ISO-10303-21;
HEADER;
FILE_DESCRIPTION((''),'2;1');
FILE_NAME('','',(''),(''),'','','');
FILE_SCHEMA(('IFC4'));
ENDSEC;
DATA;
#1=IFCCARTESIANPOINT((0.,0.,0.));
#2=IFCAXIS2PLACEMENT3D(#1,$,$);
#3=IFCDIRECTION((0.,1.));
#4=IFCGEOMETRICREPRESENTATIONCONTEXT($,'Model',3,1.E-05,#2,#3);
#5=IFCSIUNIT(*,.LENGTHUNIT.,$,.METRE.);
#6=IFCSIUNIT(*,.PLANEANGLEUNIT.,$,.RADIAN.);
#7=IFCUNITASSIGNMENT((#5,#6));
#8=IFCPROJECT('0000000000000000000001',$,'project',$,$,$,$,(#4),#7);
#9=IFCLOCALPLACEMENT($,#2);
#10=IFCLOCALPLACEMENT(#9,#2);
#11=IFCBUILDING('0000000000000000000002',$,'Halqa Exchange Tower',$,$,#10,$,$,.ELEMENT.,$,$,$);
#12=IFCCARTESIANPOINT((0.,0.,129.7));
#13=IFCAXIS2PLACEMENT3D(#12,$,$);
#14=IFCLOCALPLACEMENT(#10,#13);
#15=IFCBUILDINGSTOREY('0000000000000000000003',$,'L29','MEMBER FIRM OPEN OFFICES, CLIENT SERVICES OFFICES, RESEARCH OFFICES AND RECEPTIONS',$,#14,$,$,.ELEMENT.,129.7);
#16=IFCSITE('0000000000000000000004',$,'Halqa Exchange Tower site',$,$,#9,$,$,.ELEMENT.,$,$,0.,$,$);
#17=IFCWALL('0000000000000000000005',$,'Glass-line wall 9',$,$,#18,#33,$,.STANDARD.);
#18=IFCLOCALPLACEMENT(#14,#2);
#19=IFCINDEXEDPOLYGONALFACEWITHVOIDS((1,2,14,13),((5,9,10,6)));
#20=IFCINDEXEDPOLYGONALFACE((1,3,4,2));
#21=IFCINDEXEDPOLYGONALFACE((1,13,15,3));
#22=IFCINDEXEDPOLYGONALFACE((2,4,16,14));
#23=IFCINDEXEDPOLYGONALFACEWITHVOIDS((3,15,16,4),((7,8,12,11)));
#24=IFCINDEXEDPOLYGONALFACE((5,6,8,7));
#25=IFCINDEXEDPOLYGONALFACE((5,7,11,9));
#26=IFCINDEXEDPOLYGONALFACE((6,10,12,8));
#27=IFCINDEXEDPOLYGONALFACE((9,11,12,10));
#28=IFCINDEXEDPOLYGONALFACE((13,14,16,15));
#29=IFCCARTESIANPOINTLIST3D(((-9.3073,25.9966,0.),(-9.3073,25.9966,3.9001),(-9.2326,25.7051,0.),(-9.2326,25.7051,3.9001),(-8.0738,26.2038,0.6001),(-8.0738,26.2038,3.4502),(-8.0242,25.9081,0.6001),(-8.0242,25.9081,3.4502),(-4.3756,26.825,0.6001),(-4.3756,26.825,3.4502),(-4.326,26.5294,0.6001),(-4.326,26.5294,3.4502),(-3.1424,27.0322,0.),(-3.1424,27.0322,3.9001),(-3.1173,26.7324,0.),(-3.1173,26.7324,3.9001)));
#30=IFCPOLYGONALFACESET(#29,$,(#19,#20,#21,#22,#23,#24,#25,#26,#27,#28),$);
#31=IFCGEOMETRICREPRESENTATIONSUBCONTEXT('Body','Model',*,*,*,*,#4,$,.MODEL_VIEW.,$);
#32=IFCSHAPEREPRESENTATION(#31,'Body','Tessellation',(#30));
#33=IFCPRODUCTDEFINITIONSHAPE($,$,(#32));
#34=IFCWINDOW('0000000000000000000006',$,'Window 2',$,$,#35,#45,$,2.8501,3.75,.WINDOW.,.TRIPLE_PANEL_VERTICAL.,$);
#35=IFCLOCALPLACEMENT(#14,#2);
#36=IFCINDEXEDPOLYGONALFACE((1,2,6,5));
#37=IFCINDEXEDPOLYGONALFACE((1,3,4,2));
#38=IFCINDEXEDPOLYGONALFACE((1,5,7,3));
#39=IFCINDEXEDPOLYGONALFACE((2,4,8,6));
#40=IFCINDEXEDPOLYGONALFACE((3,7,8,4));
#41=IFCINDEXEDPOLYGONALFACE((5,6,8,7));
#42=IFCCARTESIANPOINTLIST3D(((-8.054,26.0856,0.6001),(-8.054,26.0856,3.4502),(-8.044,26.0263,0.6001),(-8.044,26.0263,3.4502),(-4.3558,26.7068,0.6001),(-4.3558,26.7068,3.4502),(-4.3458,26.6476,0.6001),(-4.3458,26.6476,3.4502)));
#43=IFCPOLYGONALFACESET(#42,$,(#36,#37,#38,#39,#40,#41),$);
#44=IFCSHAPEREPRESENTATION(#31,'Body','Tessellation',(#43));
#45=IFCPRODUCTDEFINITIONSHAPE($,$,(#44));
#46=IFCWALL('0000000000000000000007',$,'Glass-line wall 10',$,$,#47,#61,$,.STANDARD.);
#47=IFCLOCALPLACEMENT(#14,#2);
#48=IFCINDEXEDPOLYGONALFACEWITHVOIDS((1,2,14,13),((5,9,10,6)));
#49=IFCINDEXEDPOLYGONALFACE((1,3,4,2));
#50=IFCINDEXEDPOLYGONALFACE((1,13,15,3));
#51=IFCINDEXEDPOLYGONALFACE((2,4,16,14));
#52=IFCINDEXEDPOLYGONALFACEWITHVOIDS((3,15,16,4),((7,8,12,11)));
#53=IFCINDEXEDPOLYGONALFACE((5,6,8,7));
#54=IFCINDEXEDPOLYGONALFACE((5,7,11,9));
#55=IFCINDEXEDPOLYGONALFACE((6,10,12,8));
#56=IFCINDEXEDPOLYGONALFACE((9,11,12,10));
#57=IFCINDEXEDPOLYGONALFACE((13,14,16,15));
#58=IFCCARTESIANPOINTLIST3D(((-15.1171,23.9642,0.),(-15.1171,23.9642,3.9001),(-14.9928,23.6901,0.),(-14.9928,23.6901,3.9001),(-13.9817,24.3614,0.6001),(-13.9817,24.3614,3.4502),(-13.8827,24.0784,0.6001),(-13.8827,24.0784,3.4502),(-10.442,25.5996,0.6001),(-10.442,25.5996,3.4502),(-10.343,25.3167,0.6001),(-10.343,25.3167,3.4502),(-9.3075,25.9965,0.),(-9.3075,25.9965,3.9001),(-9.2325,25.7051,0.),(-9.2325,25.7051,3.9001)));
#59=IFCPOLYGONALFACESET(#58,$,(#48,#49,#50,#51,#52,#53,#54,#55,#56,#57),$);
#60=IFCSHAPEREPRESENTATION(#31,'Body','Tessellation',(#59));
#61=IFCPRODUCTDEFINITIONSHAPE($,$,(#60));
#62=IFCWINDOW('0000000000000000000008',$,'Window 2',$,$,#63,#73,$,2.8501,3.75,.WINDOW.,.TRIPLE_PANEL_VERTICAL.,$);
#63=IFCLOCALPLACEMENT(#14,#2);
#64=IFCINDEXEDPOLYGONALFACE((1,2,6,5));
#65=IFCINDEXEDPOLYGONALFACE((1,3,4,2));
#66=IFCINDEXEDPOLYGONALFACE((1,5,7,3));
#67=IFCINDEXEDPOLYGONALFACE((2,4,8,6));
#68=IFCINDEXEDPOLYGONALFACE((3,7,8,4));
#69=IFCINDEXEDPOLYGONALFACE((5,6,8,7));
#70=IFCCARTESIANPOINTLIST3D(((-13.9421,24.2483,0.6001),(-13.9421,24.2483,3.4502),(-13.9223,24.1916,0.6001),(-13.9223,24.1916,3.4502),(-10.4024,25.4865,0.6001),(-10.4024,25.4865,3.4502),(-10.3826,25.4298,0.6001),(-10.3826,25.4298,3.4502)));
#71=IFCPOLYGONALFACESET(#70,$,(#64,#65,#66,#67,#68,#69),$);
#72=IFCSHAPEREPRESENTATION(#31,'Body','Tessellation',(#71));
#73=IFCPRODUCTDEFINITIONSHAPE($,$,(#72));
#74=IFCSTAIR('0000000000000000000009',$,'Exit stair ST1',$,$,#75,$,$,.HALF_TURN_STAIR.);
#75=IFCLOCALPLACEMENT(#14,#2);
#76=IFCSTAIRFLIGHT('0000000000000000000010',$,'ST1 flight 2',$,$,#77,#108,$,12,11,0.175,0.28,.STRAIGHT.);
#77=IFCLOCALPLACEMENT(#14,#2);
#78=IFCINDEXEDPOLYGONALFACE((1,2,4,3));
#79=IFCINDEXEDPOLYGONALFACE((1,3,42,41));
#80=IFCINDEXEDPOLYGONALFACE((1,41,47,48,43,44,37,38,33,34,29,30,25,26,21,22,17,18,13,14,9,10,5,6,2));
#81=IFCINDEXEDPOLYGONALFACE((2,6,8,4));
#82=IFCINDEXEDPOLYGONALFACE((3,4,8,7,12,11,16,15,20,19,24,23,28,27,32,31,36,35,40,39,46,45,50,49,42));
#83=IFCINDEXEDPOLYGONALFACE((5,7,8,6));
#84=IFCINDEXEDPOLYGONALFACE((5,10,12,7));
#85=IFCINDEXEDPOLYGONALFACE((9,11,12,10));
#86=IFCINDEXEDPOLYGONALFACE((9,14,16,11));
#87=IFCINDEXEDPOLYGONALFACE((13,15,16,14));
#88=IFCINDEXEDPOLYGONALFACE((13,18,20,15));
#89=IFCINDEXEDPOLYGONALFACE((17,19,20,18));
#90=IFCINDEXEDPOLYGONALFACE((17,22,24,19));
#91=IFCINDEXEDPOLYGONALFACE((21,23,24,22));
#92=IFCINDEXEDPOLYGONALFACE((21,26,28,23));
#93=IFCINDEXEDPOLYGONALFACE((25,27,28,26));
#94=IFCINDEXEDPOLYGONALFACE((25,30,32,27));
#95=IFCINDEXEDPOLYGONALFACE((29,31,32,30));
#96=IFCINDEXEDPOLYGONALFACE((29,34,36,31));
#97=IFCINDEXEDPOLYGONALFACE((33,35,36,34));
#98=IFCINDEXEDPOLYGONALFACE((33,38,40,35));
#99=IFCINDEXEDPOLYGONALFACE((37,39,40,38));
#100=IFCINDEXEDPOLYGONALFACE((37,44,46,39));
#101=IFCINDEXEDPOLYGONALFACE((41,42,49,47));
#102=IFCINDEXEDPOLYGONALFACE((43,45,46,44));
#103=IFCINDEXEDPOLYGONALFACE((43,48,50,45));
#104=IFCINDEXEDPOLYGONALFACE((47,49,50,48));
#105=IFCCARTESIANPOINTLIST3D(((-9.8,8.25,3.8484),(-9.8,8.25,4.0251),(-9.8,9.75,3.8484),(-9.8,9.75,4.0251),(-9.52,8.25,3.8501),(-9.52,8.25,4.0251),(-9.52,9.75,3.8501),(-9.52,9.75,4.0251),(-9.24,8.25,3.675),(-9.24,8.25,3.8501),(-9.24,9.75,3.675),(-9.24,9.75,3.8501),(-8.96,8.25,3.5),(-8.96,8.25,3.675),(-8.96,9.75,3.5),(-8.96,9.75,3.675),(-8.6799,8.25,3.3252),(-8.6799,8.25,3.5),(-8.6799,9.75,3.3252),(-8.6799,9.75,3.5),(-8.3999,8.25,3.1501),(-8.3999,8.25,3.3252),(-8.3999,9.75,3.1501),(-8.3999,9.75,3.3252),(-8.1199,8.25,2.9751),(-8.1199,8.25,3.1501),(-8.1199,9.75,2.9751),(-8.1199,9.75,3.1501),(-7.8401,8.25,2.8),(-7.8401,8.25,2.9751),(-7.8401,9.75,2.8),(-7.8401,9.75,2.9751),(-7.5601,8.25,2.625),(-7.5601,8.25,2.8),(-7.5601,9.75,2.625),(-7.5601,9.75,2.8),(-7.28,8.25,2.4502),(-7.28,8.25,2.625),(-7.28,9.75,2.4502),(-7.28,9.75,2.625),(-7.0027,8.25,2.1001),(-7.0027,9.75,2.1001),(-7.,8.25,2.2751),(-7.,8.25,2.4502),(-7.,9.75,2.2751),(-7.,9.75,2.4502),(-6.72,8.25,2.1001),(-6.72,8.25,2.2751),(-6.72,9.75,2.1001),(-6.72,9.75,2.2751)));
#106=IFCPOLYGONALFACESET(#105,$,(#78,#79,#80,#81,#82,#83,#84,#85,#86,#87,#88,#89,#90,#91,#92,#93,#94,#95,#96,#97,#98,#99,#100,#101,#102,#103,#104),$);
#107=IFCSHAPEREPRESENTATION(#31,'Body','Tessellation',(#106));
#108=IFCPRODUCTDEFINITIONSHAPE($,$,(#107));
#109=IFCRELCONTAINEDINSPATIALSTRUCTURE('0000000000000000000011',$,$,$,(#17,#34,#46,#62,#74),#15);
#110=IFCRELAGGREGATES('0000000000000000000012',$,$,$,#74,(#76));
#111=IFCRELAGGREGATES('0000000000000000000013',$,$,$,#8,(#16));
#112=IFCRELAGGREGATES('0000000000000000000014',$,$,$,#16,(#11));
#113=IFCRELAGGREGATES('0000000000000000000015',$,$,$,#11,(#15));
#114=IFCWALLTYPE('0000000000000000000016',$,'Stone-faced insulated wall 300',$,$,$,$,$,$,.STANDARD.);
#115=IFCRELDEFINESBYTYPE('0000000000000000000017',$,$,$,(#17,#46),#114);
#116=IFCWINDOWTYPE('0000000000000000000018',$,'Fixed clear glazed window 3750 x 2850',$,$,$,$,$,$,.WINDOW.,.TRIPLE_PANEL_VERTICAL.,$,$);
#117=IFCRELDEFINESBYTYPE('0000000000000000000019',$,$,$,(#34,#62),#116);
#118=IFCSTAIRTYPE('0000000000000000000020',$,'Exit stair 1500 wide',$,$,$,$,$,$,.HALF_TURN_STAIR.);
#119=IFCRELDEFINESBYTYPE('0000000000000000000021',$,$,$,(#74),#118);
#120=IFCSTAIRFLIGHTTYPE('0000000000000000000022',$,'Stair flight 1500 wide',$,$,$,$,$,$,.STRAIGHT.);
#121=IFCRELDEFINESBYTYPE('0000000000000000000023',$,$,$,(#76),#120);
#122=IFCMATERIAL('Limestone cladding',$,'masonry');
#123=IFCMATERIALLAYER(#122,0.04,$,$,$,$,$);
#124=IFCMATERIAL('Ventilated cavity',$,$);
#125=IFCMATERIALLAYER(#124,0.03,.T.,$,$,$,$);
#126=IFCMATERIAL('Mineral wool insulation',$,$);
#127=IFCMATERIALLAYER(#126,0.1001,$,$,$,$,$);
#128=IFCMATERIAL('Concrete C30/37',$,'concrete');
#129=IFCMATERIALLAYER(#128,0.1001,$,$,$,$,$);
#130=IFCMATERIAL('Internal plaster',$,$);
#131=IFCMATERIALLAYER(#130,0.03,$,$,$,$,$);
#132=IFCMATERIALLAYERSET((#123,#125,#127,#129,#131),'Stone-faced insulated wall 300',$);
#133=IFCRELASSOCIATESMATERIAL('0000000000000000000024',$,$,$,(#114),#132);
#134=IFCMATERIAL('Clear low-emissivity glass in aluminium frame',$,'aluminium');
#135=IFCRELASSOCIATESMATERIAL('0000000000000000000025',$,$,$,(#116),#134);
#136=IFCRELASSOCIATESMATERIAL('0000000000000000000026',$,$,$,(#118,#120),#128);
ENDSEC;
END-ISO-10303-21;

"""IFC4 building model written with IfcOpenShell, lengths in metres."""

from ifc_helpers import new_model, si_unit, direction, frame, frame_2d, origin, place, context, subcontext, project, spatial, polyline, rectangle, outline, extrude, material, layer, layer_set, type_object, element, fill, aggregate, save


model = new_model("IFC4")

# Units and contexts
model_context = context("Model", 3, precision=1e-05, world=origin(), true_north=direction((0.0, 1.0)))
body_context = subcontext(model_context, "Body", "Model", "MODEL_VIEW")
ifc_project = project(units=[si_unit("LENGTHUNIT", "METRE"), si_unit("PLANEANGLEUNIT", "RADIAN")], contexts=[model_context])

# Site, building, storey
site_placement = place(None, origin())
site = spatial("IfcSite", under=ifc_project, at=site_placement, Name="Halqa Exchange Tower site", CompositionType="ELEMENT", RefElevation=0.0)
building_placement = place(site_placement, origin())
building = spatial("IfcBuilding", under=site, at=building_placement, Name="Halqa Exchange Tower", CompositionType="ELEMENT")
storey_placement = place(building_placement, frame((0.0, 0.0, 129.7)))
storey = spatial("IfcBuildingStorey", under=building, at=storey_placement, Name="L29", Description="MEMBER FIRM OPEN OFFICES, CLIENT SERVICES OFFICES, RESEARCH OFFICES AND RECEPTIONS", CompositionType="ELEMENT", Elevation=129.7)

# Shared definitions
ifc_material_1 = material(Name="Concrete C30/37", Category="concrete")

# Walls, openings, windows
ifc_material_2 = material(Name="Limestone cladding", Category="masonry")
ifc_layer_1 = layer(ifc_material_2, 0.04)
ifc_material_3 = material(Name="Ventilated cavity")
ifc_layer_2 = layer(ifc_material_3, 0.03, ventilated=True)
ifc_material_4 = material(Name="Mineral wool insulation")
ifc_layer_3 = layer(ifc_material_4, 0.1001)
ifc_layer_4 = layer(ifc_material_1, 0.1001)
ifc_material_5 = material(Name="Internal plaster")
ifc_layer_5 = layer(ifc_material_5, 0.03)
ifc_layer_set_1 = layer_set([ifc_layer_1, ifc_layer_2, ifc_layer_3, ifc_layer_4, ifc_layer_5], Name="Stone-faced insulated wall 300")
wall_type_1 = type_object("IfcWallType", Name="Stone-faced insulated wall 300", PredefinedType="STANDARD", material=ifc_layer_set_1)
wall_1_placement = place(storey_placement, frame((-3.1299, 26.8823, 0.0), z_axis=(0.0, 0.0, 1.0), x_axis=(-0.986181, -0.165671, 0.0)))
wall_1 = element("IfcWall", 1, at=wall_1_placement, inside=storey, type_object=wall_type_1, Name="Glass-line wall 9", PredefinedType="STANDARD", context=body_context, shape_type="SweptSolid", body=[
    extrude(outline(polyline([(-0.0125, -0.1499), (6.2388, -0.1499), (6.2134, 0.1499), (0.0125, 0.1499), (-0.0125, -0.1499)])), origin(), (0.0, 0.0, 1.0), 3.9001),
])
opening_1_placement = place(wall_1_placement, frame((1.238, 0.0, 0.6001)))
opening_1 = element("IfcOpeningElement", 2, at=opening_1_placement, cuts=wall_1, PredefinedType="OPENING", context=body_context, shape_type="SweptSolid", body=[
    extrude(rectangle(XDim=3.75, YDim=2.8501, at=frame_2d((1.875, 1.425))), frame((0.0, 0.1621, 0.0), z_axis=(0.0, -1.0, 0.0), x_axis=(1.0, 0.0, 0.0)), (0.0, 0.0, 1.0), 0.324),
])
ifc_material_6 = material(Name="Clear low-emissivity glass in aluminium frame", Category="aluminium")
window_type = type_object("IfcWindowType", Name="Fixed clear glazed window 3750 x 2850", PartitioningType="TRIPLE_PANEL_VERTICAL", PredefinedType="WINDOW", material=ifc_material_6)
window_1_placement = place(opening_1_placement, origin())
window_1 = element("IfcWindow", 3, at=window_1_placement, inside=storey, type_object=window_type, Name="Window 2", OverallHeight=2.8501, OverallWidth=3.75, PartitioningType="TRIPLE_PANEL_VERTICAL", PredefinedType="WINDOW", context=body_context, shape_type="SweptSolid", body=[
    extrude(rectangle(XDim=3.75, YDim=2.8501, at=frame_2d((1.875, 1.425))), frame((0.0, 0.03, 0.0), z_axis=(0.0, -1.0, 0.0), x_axis=(1.0, 0.0, 0.0)), (0.0, 0.0, 1.0), 0.0601),
])
fill(opening_1, window_1)
wall_2_placement = place(storey_placement, frame((-9.27, 25.8508, 0.0), z_axis=(0.0, 0.0, 1.0), x_axis=(-0.943911, -0.3302, 0.0)))
wall_2 = element("IfcWall", 4, at=wall_2_placement, inside=storey, type_object=wall_type_1, Name="Glass-line wall 10", PredefinedType="STANDARD", context=body_context, shape_type="SweptSolid", body=[
    extrude(outline(polyline([(-0.0127, -0.1499), (6.1421, -0.1499), (6.1152, 0.1499), (0.0127, 0.1499), (-0.0127, -0.1499)])), origin(), (0.0, 0.0, 1.0), 3.9001),
])
opening_2_placement = place(wall_2_placement, frame((1.1892, 0.0, 0.6001)))
opening_2 = element("IfcOpeningElement", 5, at=opening_2_placement, cuts=wall_2, PredefinedType="OPENING", context=body_context, shape_type="SweptSolid", body=[
    extrude(rectangle(XDim=3.75, YDim=2.8501, at=frame_2d((1.875, 1.425))), frame((0.0, 0.1621, 0.0), z_axis=(0.0, -1.0, 0.0), x_axis=(1.0, 0.0, 0.0)), (0.0, 0.0, 1.0), 0.324),
])
window_2_placement = place(opening_2_placement, origin())
window_2 = element("IfcWindow", 6, at=window_2_placement, inside=storey, type_object=window_type, Name="Window 2", OverallHeight=2.8501, OverallWidth=3.75, PartitioningType="TRIPLE_PANEL_VERTICAL", PredefinedType="WINDOW", context=body_context, shape_type="SweptSolid", body=[
    extrude(rectangle(XDim=3.75, YDim=2.8501, at=frame_2d((1.875, 1.425))), frame((0.0, 0.03, 0.0), z_axis=(0.0, -1.0, 0.0), x_axis=(1.0, 0.0, 0.0)), (0.0, 0.0, 1.0), 0.0601),
])
fill(opening_2, window_2)

# Stair, stair flight
stair_type = type_object("IfcStairType", Name="Exit stair 1500 wide", PredefinedType="HALF_TURN_STAIR", material=ifc_material_1)
stair_placement = place(storey_placement, origin())
stair = element("IfcStair", 7, at=stair_placement, inside=storey, type_object=stair_type, Name="Exit stair ST1", PredefinedType="HALF_TURN_STAIR")
stair_flight_type = type_object("IfcStairFlightType", Name="Stair flight 1500 wide", PredefinedType="STRAIGHT", material=ifc_material_1)
stair_flight_placement = place(storey_placement, frame((-6.72, 9.0, 2.1001), z_axis=(0.0, 0.0, 1.0), x_axis=(-1.0, 0.0, 0.0)))
stair_flight = element("IfcStairFlight", 8, at=stair_flight_placement, type_object=stair_flight_type, Name="ST1 flight 2", NumberOfRisers=12, NumberOfTreads=11, PredefinedType="STRAIGHT", RiserHeight=0.175, TreadLength=0.28, context=body_context, shape_type="SweptSolid", body=[
    extrude(outline(polyline([(0.0, 0.0), (0.0, 0.175), (0.28, 0.175), (0.28, 0.3501), (0.5601, 0.3501), (0.5601, 0.5249), (0.8401, 0.5249), (0.8401, 0.7), (1.1201, 0.7), (1.1201, 0.875), (1.3999, 0.875), (1.3999, 1.05), (1.6799, 1.05), (1.6799, 1.2251), (1.96, 1.2251), (1.96, 1.3999), (2.24, 1.3999), (2.24, 1.575), (2.52, 1.575), (2.52, 1.75), (2.8, 1.75), (2.8, 1.925), (3.0801, 1.925), (3.0801, 2.1001), (3.0801, 1.7483), (0.2827, 0.0), (0.0, 0.0)])), frame((0.0, 0.75, 0.0), z_axis=(0.0, -1.0, 0.0), x_axis=(1.0, 0.0, 0.0)), (0.0, 0.0, 1.0), 1.5),
])
aggregate(stair, [stair_flight])

save(model, "model.ifc")
